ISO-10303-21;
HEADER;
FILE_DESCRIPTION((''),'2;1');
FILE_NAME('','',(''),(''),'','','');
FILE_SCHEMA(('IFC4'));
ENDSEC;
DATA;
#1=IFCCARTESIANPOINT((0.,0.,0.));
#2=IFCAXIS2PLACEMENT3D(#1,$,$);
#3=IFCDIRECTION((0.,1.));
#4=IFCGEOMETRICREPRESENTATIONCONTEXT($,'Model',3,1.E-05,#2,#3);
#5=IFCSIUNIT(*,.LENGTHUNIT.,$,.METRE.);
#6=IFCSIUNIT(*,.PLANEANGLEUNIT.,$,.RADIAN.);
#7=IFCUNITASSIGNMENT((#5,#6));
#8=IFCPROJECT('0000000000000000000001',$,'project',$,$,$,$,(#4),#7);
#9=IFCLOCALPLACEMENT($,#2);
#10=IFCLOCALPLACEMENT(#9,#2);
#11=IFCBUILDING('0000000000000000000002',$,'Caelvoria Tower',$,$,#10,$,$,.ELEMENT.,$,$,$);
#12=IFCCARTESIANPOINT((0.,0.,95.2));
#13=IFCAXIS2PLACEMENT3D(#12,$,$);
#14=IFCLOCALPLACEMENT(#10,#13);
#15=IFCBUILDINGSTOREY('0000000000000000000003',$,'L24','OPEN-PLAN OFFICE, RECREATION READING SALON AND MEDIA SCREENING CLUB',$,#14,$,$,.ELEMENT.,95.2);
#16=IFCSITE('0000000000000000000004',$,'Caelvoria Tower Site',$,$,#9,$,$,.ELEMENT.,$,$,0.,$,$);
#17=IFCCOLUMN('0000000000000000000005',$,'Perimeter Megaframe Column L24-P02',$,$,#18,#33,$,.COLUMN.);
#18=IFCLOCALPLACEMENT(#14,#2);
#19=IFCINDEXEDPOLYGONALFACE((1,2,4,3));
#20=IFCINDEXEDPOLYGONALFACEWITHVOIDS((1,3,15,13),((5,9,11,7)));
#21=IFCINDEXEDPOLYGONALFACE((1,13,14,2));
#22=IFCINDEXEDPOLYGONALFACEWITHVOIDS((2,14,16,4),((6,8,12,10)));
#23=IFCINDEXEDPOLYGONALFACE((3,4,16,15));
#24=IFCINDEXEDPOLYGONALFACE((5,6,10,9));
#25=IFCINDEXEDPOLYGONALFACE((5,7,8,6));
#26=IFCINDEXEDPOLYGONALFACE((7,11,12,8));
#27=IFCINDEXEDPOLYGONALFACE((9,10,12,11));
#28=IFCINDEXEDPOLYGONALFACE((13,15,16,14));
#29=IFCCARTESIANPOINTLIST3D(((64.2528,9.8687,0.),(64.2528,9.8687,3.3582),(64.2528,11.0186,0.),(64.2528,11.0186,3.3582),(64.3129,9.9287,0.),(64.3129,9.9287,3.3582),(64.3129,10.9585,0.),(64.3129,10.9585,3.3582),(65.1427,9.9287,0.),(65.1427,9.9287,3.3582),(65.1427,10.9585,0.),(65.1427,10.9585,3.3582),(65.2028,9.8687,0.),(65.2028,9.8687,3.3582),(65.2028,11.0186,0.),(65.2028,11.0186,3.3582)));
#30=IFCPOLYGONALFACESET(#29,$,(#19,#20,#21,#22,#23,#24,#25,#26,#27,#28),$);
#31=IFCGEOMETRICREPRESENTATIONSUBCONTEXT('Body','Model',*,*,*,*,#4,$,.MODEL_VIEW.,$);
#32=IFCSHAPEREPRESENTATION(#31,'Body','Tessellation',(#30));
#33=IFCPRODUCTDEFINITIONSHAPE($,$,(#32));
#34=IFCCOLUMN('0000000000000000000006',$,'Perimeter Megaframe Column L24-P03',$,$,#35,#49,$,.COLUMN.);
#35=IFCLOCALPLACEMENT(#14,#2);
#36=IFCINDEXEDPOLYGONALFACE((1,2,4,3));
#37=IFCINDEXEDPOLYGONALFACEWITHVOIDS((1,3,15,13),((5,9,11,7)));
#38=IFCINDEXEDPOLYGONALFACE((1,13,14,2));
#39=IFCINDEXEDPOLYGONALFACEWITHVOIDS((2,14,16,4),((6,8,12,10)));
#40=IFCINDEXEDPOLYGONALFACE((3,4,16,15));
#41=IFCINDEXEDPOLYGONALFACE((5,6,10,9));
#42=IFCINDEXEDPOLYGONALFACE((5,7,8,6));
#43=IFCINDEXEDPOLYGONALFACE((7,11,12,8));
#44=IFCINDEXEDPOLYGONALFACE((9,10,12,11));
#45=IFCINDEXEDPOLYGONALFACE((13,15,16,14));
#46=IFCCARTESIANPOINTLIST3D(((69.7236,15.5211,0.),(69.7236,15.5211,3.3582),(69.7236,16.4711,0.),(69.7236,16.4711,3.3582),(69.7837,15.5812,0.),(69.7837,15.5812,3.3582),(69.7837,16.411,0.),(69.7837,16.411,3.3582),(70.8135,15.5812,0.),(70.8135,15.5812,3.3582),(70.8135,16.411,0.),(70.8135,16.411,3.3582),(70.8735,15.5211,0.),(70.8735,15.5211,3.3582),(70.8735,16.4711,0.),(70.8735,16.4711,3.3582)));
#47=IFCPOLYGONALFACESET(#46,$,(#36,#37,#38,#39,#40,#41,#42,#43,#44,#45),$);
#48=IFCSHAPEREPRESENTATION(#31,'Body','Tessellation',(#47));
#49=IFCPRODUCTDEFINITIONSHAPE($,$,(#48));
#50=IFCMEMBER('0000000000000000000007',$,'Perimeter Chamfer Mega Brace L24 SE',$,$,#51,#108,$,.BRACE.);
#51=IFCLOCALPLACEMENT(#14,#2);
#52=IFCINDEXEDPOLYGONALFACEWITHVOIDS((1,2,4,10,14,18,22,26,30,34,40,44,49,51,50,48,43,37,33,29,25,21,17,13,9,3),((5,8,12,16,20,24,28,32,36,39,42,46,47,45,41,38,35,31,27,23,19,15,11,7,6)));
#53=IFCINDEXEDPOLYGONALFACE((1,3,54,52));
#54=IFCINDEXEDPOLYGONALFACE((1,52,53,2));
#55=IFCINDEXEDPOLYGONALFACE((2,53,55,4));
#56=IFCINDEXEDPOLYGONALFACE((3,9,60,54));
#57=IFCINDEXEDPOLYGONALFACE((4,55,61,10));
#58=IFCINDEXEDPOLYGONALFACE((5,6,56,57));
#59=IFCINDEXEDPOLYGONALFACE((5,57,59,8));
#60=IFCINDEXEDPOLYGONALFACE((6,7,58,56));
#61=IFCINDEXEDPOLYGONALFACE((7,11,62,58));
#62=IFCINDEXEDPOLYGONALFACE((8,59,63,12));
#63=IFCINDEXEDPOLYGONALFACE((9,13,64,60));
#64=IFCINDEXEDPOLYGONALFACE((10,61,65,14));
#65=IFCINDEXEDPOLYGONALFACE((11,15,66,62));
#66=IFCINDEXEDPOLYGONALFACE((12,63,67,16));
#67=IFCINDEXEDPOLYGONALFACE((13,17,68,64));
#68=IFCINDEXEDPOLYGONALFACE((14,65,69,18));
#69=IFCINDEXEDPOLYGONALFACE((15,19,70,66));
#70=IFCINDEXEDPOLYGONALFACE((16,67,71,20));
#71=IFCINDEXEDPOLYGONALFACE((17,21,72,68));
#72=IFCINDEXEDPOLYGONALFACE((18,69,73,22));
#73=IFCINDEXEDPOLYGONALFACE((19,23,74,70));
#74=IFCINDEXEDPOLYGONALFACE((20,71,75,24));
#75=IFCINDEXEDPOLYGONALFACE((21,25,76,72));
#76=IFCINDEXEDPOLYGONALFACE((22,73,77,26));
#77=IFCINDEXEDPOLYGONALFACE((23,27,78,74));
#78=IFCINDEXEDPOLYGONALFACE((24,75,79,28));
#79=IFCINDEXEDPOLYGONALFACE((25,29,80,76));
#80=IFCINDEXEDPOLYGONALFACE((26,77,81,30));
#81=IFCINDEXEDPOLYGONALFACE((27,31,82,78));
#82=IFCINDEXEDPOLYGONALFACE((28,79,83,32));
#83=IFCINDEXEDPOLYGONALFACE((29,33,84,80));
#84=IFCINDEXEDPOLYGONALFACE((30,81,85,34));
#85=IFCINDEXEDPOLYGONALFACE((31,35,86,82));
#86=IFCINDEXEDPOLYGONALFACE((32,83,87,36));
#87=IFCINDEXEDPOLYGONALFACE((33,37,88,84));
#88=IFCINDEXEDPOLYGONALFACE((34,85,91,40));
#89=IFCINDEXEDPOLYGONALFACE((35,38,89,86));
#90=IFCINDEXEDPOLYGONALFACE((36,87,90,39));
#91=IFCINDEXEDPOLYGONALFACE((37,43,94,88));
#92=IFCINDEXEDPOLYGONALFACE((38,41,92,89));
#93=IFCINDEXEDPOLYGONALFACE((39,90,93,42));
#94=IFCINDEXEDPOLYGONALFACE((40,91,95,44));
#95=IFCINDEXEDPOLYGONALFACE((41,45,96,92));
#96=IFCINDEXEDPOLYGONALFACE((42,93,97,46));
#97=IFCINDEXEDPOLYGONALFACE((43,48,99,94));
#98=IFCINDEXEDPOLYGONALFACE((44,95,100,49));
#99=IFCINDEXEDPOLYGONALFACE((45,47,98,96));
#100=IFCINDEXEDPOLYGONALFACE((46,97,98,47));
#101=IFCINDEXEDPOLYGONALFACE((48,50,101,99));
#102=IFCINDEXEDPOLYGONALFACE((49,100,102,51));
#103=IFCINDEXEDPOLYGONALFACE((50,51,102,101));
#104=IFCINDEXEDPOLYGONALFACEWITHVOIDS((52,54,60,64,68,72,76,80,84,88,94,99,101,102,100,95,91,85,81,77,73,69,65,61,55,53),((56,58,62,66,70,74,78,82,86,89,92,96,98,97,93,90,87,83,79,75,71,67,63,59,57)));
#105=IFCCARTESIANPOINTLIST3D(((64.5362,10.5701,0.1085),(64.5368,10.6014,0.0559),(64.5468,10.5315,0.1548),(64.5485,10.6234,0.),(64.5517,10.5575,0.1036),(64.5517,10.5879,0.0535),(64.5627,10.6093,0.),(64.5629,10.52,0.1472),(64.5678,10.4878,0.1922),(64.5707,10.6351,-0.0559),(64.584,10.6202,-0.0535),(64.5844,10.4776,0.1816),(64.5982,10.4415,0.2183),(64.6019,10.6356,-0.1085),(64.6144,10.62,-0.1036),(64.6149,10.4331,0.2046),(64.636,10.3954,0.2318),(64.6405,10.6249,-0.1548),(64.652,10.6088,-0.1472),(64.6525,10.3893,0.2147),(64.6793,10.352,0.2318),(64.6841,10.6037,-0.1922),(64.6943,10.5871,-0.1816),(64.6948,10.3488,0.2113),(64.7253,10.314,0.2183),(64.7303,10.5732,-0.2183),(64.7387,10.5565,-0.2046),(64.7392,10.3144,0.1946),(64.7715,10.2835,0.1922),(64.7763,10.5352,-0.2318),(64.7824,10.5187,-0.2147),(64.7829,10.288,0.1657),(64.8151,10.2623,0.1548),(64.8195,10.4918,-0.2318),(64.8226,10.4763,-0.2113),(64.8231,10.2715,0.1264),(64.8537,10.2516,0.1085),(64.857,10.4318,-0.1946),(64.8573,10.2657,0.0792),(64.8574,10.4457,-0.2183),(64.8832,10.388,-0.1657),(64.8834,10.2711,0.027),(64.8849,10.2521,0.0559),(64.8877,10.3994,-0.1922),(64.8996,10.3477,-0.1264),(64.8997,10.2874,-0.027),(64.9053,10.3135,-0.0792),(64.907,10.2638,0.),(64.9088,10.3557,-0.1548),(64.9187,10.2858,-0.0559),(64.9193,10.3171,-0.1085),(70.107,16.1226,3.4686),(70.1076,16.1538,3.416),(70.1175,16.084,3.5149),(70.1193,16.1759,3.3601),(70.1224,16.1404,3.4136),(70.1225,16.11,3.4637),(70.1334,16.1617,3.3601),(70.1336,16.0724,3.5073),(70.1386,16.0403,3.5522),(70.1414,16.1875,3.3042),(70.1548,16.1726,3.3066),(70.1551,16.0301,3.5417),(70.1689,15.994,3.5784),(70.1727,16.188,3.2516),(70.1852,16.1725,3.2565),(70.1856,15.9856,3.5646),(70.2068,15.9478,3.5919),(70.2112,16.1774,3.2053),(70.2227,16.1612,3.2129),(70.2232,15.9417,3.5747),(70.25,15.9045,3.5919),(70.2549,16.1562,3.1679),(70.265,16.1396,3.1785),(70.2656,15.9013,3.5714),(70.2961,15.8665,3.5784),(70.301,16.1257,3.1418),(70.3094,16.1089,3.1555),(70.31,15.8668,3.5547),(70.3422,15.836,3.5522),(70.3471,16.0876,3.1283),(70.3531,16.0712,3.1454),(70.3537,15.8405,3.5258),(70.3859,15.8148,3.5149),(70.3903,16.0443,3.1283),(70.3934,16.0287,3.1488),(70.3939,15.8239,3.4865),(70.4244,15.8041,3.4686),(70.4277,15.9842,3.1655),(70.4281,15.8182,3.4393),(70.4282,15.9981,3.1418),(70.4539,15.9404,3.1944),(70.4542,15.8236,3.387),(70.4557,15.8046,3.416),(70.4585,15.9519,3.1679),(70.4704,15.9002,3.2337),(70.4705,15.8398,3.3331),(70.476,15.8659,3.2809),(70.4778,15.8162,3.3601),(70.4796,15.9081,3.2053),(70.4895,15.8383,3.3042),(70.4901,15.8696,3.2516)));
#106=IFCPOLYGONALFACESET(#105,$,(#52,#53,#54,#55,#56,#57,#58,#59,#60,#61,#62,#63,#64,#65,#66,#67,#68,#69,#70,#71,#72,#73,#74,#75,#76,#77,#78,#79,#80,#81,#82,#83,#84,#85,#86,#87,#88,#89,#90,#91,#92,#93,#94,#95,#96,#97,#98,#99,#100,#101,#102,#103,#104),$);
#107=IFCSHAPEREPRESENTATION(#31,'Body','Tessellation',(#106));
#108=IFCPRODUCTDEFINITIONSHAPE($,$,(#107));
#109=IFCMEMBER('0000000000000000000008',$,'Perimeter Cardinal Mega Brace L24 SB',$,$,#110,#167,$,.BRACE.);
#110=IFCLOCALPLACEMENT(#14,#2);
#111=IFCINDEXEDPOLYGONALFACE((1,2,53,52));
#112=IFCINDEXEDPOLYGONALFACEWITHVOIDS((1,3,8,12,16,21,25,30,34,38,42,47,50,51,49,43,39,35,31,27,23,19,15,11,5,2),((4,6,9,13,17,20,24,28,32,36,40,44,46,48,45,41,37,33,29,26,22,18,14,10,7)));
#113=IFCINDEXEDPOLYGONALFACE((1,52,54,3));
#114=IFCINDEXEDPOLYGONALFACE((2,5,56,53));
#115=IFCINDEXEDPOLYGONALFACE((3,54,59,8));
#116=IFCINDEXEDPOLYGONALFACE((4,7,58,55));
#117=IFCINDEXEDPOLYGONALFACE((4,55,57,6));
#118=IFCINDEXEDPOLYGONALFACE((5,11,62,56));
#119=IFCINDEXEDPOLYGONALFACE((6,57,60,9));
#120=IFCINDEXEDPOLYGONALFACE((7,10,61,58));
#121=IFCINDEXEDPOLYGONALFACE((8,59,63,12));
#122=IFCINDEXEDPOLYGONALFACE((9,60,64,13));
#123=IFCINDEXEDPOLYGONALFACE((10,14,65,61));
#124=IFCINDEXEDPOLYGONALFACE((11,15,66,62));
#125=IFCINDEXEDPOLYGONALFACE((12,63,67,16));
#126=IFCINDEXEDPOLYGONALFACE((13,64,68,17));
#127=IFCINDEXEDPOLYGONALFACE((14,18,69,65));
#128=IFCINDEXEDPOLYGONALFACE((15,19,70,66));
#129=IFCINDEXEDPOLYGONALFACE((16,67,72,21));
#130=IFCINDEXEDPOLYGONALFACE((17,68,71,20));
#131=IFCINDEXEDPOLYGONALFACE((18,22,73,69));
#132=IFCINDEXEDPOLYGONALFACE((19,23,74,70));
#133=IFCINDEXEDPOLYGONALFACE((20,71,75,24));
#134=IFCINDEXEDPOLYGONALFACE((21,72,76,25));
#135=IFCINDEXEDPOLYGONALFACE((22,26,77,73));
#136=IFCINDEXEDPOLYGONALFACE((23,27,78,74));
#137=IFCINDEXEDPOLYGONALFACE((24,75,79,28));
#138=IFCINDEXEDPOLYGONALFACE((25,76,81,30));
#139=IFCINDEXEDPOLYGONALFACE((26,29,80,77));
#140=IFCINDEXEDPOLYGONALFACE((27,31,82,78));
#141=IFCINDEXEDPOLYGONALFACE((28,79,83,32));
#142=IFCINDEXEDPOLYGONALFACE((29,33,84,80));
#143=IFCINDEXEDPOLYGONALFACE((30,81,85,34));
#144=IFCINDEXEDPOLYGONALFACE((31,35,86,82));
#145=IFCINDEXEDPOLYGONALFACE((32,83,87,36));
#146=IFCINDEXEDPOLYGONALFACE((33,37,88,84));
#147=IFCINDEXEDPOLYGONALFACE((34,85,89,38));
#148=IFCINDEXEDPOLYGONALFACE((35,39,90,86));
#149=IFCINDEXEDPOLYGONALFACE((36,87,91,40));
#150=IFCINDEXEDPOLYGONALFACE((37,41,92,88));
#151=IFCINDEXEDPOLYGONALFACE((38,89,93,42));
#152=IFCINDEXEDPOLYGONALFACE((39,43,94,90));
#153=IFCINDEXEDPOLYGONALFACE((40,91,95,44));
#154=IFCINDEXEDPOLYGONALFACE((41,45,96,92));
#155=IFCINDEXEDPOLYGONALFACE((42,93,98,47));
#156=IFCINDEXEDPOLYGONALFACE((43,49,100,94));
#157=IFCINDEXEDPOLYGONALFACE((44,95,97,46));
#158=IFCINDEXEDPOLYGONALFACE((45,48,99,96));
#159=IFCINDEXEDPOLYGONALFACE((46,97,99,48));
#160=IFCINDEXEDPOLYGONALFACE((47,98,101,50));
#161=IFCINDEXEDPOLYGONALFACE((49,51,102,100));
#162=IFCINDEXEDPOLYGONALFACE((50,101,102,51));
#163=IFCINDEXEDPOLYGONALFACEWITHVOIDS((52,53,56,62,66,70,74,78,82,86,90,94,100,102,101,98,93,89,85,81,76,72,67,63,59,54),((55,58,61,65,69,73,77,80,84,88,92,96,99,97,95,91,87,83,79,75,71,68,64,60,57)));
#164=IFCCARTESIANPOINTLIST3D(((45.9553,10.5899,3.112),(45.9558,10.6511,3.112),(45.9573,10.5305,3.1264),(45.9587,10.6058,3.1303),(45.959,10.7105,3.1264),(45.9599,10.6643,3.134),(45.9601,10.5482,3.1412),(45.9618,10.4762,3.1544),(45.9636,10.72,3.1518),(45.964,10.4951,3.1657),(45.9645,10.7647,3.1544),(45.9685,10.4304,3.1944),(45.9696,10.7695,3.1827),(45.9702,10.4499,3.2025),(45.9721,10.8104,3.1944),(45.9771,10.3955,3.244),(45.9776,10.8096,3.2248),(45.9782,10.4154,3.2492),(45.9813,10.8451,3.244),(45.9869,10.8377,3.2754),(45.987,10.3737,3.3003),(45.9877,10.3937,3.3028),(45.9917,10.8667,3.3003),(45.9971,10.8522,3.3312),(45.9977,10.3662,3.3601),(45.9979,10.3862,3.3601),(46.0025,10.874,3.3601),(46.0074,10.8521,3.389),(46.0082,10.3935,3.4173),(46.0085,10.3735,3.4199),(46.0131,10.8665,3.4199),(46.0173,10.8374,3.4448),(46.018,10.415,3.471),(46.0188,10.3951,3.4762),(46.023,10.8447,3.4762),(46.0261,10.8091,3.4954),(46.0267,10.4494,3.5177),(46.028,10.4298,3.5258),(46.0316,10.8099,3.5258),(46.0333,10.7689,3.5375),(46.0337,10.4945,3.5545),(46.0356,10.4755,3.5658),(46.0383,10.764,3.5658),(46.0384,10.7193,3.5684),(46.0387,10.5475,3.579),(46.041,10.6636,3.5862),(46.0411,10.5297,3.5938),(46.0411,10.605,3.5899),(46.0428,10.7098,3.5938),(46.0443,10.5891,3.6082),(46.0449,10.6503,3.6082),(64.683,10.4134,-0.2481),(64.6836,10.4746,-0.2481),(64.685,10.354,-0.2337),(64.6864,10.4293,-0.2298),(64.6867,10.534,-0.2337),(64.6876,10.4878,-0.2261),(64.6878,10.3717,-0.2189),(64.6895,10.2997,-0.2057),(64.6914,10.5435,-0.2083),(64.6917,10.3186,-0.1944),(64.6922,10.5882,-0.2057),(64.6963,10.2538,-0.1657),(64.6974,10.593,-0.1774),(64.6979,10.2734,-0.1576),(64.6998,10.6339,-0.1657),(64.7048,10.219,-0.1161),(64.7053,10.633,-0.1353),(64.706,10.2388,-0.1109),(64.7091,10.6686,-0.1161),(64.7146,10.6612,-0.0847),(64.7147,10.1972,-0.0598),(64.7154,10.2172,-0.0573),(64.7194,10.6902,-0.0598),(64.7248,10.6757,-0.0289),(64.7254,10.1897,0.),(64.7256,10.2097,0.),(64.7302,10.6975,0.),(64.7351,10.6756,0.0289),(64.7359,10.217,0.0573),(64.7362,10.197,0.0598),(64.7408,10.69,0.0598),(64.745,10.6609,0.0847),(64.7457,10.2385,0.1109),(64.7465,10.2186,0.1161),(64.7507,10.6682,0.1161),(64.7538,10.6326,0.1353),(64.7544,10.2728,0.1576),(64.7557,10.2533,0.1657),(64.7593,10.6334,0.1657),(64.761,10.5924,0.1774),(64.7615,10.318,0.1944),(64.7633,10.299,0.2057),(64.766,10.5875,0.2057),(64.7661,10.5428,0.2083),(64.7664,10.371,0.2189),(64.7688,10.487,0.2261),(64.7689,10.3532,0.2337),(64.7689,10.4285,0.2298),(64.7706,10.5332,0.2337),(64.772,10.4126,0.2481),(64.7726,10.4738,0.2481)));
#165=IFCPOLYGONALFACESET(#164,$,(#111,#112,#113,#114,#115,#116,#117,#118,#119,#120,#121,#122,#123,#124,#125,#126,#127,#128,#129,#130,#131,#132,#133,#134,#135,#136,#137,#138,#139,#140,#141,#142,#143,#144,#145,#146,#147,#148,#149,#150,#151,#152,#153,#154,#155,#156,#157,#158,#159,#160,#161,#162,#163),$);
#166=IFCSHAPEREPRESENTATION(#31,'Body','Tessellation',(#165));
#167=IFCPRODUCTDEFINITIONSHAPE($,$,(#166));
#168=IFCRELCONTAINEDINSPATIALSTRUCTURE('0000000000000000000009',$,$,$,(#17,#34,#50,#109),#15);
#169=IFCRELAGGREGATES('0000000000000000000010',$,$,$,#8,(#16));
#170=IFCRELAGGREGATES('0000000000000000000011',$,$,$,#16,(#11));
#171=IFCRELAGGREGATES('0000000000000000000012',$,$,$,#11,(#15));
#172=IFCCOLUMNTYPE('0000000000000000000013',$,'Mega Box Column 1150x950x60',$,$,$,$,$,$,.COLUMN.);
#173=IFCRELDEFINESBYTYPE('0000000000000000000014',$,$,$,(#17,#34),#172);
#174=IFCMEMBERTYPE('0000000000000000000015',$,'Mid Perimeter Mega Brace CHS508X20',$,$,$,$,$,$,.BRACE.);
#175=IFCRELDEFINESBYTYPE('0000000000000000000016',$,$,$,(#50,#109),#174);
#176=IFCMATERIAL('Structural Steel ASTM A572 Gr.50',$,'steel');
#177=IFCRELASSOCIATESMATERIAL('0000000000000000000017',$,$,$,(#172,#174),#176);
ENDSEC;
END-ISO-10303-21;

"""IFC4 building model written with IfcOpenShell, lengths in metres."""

from ifc_helpers import new_model, si_unit, direction, frame, origin, origin_2d, place, context, subcontext, project, spatial, hollow_rectangle, hollow_circle, extrude, material, material_profile, profile_set, type_object, element, save


model = new_model("IFC4")

# Units and contexts
model_context = context("Model", 3, precision=1e-05, world=origin(), true_north=direction((0.0, 1.0)))
body_context = subcontext(model_context, "Body", "Model", "MODEL_VIEW")
ifc_project = project(units=[si_unit("LENGTHUNIT", "METRE"), si_unit("PLANEANGLEUNIT", "RADIAN")], contexts=[model_context])

# Site, building, storey
site_placement = place(None, origin())
site = spatial("IfcSite", under=ifc_project, at=site_placement, Name="Caelvoria Tower Site", CompositionType="ELEMENT", RefElevation=0.0)
building_placement = place(site_placement, origin())
building = spatial("IfcBuilding", under=site, at=building_placement, Name="Caelvoria Tower", CompositionType="ELEMENT")
storey_placement = place(building_placement, frame((0.0, 0.0, 95.2)))
storey = spatial("IfcBuildingStorey", under=building, at=storey_placement, Name="L24", Description="OPEN-PLAN OFFICE, RECREATION READING SALON AND MEDIA SCREENING CLUB", CompositionType="ELEMENT", Elevation=95.2)

# Columns
ifc_material_1 = material(Name="Structural Steel ASTM A572 Gr.50", Category="steel")
ifc_material_profile_1 = material_profile(ifc_material_1, hollow_rectangle(XDim=0.95, YDim=1.1499, WallThickness=0.0601, at=origin_2d()), Name="Structural Steel ASTM A572 Gr.50")
ifc_profile_set_1 = profile_set([ifc_material_profile_1], Name="BOX1150X950X60 - Structural Steel ASTM A572 Gr.50")
column_type = type_object("IfcColumnType", Name="Mega Box Column 1150x950x60", PredefinedType="COLUMN", material=ifc_profile_set_1)
for number, where, z_axis, x_axis, name in (
    (1, (64.7278, 10.4436, 0.0), (0.0, 0.0, 1.0), (1.0, 0.0, 0.0), "Perimeter Megaframe Column L24-P02"),
    (2, (70.2986, 15.9961, 0.0), (0.0, 0.0, 1.0), (0.0, 1.0, 0.0), "Perimeter Megaframe Column L24-P03"),
):
    element("IfcColumn", number, at=place(storey_placement, frame(where, z_axis=z_axis, x_axis=x_axis)), inside=storey, type_object=column_type, Name=name, PredefinedType="COLUMN", context=body_context, shape_type="SweptSolid", body=[
        extrude(hollow_rectangle(XDim=0.95, YDim=1.1499, WallThickness=0.0601, at=origin_2d()), origin(), (0.0, 0.0, 1.0), 3.3582),
    ])

# Members
ifc_material_profile_2 = material_profile(ifc_material_1, hollow_circle(Radius=0.2539, WallThickness=0.02, at=origin_2d()), Name="Structural Steel ASTM A572 Gr.50")
ifc_profile_set_2 = profile_set([ifc_material_profile_2], Name="CHS508X20 - Structural Steel ASTM A572 Gr.50")
member_type = type_object("IfcMemberType", Name="Mid Perimeter Mega Brace CHS508X20", PredefinedType="BRACE", material=ifc_profile_set_2)
member_1_placement = place(storey_placement, frame((64.7278, 10.4436, 0.0), z_axis=(0.651325, 0.649184, 0.392856), x_axis=(-0.705942, 0.70827, 0.0)))
element("IfcMember", 3, at=member_1_placement, inside=storey, type_object=member_type, Name="Perimeter Chamfer Mega Brace L24 SE", PredefinedType="BRACE", context=body_context, shape_type="SweptSolid", body=[
    extrude(hollow_circle(Radius=0.2539, WallThickness=0.02, at=origin_2d()), origin(), (0.0, 0.0, 1.0), 8.553),
])
member_2_placement = place(storey_placement, frame((64.7278, 10.4436, 0.0), z_axis=(-0.984241, 0.009277, 0.176591), x_axis=(-0.009425, -0.999956, 0.0)))
element("IfcMember", 4, at=member_2_placement, inside=storey, type_object=member_type, Name="Perimeter Cardinal Mega Brace L24 SB", PredefinedType="BRACE", context=body_context, shape_type="SweptSolid", body=[
    extrude(hollow_circle(Radius=0.2539, WallThickness=0.02, at=origin_2d()), origin(), (0.0, 0.0, 1.0), 19.0276),
])

save(model, "model.ifc")
